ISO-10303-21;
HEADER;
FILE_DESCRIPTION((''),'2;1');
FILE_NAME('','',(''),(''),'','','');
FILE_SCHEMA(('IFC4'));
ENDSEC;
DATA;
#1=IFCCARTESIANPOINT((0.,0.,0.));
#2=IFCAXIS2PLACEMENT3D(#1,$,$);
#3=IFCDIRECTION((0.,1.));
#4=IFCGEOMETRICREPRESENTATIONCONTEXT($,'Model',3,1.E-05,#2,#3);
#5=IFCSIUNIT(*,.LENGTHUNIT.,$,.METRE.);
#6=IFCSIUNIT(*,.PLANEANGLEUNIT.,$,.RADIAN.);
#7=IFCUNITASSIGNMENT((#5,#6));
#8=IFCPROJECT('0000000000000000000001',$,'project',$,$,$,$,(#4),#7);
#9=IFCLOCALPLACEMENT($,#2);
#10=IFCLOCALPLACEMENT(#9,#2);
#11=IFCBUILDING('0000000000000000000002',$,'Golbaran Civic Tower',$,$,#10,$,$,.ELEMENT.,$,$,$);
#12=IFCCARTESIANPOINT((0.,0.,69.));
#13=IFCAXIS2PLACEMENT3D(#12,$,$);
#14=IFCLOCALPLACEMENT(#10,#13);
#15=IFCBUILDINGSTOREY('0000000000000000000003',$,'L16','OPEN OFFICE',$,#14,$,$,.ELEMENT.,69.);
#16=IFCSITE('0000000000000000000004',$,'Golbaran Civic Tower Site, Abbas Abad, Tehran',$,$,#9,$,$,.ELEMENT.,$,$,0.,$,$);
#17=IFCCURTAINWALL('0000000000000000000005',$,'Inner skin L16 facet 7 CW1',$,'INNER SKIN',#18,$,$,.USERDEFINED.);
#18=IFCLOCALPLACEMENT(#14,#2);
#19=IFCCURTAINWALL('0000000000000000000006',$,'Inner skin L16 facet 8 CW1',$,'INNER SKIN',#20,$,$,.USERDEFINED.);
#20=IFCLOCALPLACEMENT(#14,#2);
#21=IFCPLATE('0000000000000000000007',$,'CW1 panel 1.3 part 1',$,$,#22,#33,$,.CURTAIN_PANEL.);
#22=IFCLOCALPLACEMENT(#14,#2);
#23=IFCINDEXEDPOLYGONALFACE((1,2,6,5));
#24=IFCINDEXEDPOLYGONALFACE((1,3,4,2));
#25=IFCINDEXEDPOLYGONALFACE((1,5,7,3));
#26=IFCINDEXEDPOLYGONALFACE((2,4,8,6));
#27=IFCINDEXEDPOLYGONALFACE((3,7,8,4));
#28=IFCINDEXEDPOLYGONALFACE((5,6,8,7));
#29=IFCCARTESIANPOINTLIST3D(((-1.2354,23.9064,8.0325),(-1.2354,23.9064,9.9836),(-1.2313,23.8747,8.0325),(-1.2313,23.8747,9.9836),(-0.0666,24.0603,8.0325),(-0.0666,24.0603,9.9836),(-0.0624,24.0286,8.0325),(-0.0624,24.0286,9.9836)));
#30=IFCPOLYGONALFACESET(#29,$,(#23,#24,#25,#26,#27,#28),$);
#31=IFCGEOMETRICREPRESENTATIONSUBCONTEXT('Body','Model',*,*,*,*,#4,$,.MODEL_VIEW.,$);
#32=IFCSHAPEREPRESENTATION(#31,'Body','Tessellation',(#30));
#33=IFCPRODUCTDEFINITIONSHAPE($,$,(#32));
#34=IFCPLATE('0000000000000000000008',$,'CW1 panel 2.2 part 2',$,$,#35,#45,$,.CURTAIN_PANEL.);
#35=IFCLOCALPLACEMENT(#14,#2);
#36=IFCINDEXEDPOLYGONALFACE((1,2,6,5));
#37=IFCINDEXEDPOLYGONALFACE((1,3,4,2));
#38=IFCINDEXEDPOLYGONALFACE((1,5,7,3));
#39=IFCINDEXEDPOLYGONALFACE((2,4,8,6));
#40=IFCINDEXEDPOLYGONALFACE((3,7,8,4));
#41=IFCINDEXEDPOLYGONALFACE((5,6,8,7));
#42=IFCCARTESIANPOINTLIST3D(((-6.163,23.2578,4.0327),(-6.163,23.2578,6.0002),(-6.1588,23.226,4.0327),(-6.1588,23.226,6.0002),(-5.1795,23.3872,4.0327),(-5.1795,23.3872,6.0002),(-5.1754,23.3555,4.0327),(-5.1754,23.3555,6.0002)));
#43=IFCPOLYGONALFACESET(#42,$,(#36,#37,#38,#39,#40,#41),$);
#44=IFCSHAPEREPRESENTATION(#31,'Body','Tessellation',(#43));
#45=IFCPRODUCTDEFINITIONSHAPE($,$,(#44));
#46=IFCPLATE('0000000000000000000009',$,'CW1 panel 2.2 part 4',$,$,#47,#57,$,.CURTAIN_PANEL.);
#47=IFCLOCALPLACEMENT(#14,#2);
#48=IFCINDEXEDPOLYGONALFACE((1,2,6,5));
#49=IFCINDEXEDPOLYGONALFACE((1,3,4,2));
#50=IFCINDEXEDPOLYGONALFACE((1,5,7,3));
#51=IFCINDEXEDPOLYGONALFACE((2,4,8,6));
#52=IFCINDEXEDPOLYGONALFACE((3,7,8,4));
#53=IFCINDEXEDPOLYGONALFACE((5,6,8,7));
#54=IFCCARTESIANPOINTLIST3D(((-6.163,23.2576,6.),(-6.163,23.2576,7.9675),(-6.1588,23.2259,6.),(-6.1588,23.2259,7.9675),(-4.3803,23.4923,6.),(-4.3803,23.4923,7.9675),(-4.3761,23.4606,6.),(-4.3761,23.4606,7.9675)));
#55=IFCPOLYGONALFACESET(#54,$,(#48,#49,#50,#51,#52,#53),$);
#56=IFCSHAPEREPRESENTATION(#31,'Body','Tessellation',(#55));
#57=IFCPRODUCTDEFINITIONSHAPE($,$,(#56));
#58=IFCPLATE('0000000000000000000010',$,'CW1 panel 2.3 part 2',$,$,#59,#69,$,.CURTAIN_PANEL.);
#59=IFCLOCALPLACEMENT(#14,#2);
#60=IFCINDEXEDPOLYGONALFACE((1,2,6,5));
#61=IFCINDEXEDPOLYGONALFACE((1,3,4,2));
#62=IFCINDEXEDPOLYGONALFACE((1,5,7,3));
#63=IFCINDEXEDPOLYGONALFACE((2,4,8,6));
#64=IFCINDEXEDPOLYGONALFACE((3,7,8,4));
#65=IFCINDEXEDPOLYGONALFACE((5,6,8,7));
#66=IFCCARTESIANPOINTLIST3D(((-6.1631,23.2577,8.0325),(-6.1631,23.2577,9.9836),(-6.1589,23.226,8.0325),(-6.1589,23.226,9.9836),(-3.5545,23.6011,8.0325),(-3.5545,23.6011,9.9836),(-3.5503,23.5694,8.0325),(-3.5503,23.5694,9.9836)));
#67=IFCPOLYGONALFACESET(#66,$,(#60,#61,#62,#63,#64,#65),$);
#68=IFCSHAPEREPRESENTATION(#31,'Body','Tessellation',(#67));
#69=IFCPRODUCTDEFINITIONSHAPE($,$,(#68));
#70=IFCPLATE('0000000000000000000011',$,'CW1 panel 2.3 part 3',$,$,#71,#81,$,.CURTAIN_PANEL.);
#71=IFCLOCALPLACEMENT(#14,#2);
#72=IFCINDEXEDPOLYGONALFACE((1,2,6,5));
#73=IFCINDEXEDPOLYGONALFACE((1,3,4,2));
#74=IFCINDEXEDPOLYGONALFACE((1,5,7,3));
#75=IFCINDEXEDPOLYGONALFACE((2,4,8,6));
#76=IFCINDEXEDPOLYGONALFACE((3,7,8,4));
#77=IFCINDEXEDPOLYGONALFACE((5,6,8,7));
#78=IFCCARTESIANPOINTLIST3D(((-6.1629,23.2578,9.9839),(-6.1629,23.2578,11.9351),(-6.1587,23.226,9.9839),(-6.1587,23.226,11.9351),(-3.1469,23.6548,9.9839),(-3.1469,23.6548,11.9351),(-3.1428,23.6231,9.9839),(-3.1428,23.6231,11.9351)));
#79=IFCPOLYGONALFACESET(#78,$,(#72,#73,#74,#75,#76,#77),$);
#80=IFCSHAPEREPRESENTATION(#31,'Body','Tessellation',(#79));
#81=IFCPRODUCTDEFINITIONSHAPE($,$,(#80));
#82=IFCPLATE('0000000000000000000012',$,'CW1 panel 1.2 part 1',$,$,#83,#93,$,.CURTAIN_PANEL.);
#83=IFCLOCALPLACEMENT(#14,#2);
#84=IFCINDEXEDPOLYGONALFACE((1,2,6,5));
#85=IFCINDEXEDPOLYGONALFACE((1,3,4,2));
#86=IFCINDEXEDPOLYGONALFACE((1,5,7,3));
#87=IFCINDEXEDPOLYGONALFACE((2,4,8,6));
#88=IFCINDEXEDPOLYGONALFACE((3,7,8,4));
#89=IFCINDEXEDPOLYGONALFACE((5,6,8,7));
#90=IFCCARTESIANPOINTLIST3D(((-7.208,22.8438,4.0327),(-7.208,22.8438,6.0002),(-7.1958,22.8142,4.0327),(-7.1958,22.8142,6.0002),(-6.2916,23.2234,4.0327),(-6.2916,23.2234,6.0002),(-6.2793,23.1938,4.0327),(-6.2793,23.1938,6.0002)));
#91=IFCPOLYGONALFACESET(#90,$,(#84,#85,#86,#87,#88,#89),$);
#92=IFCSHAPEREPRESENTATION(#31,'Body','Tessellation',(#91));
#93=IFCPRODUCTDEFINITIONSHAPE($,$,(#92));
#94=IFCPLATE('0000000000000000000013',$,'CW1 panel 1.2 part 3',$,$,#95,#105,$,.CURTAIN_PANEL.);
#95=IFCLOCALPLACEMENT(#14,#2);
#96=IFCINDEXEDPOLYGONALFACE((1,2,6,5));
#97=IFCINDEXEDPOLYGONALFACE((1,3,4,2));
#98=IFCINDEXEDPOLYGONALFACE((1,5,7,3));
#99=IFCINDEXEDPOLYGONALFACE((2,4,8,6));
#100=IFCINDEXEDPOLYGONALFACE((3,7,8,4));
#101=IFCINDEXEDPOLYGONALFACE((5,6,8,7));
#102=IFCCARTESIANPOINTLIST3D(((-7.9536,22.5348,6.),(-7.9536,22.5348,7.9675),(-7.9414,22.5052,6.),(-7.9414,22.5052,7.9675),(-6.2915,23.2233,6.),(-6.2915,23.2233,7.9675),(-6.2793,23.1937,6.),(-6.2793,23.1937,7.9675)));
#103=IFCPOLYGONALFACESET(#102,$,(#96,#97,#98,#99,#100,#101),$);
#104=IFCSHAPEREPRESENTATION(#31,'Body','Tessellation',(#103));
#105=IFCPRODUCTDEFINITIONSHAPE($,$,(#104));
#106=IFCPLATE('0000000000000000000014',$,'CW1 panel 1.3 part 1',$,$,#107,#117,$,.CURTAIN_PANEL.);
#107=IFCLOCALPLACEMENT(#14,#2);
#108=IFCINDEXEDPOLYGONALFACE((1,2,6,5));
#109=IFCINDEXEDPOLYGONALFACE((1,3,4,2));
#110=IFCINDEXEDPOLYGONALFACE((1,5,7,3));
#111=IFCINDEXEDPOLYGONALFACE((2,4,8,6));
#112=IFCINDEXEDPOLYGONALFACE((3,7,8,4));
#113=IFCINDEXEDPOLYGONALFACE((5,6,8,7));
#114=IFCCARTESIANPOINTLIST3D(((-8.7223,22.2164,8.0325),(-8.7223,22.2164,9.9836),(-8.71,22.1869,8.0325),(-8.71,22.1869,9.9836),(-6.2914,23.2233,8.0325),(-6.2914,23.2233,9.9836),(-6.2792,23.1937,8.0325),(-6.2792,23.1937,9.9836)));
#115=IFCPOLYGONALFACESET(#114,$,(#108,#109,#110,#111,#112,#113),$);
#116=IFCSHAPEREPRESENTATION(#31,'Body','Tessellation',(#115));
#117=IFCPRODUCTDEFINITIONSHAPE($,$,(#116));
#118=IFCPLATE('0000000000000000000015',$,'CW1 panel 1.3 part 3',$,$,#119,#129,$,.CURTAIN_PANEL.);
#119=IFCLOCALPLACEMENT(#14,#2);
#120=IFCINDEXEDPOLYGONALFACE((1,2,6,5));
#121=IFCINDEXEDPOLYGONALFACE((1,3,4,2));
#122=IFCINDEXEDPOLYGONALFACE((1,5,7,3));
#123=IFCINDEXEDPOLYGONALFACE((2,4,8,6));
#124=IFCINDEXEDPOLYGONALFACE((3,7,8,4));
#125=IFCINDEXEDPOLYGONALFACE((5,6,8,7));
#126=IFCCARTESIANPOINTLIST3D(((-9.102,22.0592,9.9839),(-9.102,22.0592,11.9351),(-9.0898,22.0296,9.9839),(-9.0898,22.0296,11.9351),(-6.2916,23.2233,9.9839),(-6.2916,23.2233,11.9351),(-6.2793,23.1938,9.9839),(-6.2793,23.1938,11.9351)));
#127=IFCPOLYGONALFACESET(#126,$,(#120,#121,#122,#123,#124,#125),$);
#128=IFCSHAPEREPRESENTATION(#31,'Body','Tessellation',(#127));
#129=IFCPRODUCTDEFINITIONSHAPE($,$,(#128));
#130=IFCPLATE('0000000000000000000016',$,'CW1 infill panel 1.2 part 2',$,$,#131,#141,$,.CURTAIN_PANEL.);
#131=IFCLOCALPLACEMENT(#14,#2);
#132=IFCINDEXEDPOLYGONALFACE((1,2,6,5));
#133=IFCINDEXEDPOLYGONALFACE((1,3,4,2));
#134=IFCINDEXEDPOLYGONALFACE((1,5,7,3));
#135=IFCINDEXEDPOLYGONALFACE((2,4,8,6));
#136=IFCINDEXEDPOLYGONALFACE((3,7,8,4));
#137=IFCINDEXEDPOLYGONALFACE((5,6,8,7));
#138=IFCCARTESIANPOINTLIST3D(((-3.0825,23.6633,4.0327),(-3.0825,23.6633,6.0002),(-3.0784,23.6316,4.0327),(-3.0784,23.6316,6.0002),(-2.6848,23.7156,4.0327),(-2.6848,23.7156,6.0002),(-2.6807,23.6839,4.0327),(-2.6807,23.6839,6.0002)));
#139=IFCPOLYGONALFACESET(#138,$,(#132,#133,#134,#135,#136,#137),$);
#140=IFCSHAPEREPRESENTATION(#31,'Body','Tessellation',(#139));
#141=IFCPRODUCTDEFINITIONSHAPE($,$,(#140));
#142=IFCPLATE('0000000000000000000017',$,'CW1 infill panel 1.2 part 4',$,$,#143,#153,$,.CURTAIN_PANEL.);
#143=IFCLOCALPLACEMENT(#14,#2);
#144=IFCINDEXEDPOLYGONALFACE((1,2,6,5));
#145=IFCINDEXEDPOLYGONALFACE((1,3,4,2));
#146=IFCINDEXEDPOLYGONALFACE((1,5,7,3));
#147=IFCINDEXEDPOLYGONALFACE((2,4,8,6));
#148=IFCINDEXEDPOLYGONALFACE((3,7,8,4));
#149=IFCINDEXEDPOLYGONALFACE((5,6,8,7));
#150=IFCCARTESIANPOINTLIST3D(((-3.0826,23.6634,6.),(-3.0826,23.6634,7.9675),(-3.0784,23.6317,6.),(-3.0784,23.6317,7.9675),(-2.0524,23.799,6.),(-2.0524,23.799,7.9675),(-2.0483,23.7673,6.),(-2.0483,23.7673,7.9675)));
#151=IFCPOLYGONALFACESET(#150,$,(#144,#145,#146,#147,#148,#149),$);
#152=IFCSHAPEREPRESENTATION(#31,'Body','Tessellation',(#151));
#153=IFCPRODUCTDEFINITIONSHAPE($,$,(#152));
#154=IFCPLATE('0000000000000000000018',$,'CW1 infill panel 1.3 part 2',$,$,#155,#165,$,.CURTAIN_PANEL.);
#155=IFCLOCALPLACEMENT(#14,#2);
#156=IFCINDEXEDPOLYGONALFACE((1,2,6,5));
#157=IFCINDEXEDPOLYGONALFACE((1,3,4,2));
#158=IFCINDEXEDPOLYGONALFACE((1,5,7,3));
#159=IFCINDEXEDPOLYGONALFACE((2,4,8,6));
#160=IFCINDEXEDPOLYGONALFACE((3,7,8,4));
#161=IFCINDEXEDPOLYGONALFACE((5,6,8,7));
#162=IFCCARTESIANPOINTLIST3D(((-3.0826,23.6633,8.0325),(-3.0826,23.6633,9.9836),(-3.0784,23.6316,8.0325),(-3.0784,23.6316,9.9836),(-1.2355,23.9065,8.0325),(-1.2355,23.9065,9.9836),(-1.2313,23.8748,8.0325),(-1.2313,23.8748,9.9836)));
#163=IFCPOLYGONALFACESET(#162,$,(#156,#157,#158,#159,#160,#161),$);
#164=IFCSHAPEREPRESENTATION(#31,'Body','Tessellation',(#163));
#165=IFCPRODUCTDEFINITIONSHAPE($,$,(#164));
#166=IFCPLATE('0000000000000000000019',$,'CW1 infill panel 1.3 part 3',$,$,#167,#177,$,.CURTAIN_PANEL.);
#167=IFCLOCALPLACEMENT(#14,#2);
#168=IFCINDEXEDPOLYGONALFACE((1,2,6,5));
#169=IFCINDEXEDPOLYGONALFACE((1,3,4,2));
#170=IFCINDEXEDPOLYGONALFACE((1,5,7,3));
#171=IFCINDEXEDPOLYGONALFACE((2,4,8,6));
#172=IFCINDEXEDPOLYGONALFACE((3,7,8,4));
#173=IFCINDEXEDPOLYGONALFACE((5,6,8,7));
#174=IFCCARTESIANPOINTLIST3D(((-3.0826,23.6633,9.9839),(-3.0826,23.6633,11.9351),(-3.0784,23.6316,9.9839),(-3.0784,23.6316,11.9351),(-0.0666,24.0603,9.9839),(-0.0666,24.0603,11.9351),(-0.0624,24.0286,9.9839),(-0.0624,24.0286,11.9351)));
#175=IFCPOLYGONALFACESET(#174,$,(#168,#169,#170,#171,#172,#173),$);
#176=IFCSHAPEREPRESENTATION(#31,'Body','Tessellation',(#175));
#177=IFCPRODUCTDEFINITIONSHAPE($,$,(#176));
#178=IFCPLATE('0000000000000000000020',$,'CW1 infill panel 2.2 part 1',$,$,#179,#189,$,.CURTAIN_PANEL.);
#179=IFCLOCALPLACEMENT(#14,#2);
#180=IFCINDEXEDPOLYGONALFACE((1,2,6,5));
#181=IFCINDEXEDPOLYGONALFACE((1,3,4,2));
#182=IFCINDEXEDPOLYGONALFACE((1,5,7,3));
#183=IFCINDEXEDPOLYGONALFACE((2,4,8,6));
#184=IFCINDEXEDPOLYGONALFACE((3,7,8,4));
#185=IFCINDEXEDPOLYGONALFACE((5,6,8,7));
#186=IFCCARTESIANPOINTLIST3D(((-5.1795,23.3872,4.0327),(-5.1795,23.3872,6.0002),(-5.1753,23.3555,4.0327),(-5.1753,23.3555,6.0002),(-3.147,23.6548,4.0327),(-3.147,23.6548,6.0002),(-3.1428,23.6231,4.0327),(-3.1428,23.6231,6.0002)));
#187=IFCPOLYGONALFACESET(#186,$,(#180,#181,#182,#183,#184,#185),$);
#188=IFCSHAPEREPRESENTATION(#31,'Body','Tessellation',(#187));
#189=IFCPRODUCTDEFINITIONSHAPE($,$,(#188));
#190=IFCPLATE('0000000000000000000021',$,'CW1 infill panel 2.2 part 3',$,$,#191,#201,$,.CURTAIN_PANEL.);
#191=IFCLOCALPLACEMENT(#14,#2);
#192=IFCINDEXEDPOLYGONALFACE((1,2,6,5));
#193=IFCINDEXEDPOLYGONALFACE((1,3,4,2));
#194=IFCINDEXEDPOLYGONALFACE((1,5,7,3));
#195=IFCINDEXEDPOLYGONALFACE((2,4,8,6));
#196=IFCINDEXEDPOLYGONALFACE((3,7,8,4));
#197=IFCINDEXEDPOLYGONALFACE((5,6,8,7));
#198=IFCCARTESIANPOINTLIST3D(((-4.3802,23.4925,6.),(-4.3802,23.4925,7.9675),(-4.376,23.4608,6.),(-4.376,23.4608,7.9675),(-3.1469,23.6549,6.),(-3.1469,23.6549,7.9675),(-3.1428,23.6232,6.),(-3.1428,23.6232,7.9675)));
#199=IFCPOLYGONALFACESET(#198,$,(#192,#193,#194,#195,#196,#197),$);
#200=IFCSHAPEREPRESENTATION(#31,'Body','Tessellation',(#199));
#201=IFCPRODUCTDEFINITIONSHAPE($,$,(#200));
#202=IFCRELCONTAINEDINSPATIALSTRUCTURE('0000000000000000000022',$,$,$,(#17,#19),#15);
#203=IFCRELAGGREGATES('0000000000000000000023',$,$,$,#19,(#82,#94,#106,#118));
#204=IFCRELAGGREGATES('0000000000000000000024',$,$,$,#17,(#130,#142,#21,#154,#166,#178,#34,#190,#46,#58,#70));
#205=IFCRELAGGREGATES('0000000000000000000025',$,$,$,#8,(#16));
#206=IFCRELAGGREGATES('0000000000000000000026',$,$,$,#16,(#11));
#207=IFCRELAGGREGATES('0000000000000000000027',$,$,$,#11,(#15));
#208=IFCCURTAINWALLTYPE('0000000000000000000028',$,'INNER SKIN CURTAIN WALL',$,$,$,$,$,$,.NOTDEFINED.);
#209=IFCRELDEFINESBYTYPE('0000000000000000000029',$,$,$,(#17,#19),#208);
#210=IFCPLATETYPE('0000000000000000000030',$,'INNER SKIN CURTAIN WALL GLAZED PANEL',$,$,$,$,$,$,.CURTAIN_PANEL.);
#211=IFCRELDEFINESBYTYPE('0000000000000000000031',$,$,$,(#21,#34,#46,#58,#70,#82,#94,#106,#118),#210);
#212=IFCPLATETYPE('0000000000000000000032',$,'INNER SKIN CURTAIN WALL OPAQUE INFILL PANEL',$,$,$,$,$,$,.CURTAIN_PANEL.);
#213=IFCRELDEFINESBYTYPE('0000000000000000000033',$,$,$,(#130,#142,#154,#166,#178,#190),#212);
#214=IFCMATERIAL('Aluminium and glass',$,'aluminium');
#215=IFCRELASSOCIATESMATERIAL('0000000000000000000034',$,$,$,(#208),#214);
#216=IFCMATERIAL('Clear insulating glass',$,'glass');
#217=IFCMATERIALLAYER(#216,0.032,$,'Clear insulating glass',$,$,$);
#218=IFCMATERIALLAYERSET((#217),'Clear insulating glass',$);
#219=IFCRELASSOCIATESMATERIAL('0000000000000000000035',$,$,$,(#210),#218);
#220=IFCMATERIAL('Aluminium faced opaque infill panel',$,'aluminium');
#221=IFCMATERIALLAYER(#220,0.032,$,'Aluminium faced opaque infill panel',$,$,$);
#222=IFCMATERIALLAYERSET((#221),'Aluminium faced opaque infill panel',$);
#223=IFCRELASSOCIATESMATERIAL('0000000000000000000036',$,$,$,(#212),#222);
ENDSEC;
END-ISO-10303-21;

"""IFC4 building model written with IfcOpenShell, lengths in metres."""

from ifc_helpers import new_model, si_unit, direction, frame, origin, origin_2d, place, context, subcontext, project, spatial, rectangle, extrude, material, layer, layer_set, type_object, element, aggregate, save


model = new_model("IFC4")

# Units and contexts
model_context = context("Model", 3, precision=1e-05, world=origin(), true_north=direction((0.0, 1.0)))
body_context = subcontext(model_context, "Body", "Model", "MODEL_VIEW")
ifc_project = project(units=[si_unit("LENGTHUNIT", "METRE"), si_unit("PLANEANGLEUNIT", "RADIAN")], contexts=[model_context])

# Site, building, storey
site_placement = place(None, origin())
site = spatial("IfcSite", under=ifc_project, at=site_placement, Name="Golbaran Civic Tower Site, Abbas Abad, Tehran", CompositionType="ELEMENT", RefElevation=0.0)
building_placement = place(site_placement, origin())
building = spatial("IfcBuilding", under=site, at=building_placement, Name="Golbaran Civic Tower", CompositionType="ELEMENT")
storey_placement = place(building_placement, frame((0.0, 0.0, 69.0)))
storey = spatial("IfcBuildingStorey", under=building, at=storey_placement, Name="L16", Description="OPEN OFFICE", CompositionType="ELEMENT", Elevation=69.0)

# Curtain walls
ifc_material_1 = material(Name="Aluminium and glass", Category="aluminium")
curtain_wall_type_1 = type_object("IfcCurtainWallType", Name="INNER SKIN CURTAIN WALL", PredefinedType="NOTDEFINED", material=ifc_material_1)
curtain_wall_1_placement = place(storey_placement, origin())
curtain_wall_1 = element("IfcCurtainWall", 1, at=curtain_wall_1_placement, inside=storey, type_object=curtain_wall_type_1, Name="Inner skin L16 facet 7 CW1", ObjectType="INNER SKIN", PredefinedType="USERDEFINED")
curtain_wall_2_placement = place(storey_placement, origin())
curtain_wall_2 = element("IfcCurtainWall", 2, at=curtain_wall_2_placement, inside=storey, type_object=curtain_wall_type_1, Name="Inner skin L16 facet 8 CW1", ObjectType="INNER SKIN", PredefinedType="USERDEFINED")

# Plates
ifc_material_2 = material(Name="Clear insulating glass", Category="glass")
ifc_layer_1 = layer(ifc_material_2, 0.032, Name="Clear insulating glass")
ifc_layer_set_1 = layer_set([ifc_layer_1], Name="Clear insulating glass")
plate_type_1 = type_object("IfcPlateType", Name="INNER SKIN CURTAIN WALL GLAZED PANEL", PredefinedType="CURTAIN_PANEL", material=ifc_layer_set_1)
plate_1_placement = place(storey_placement, frame((-0.6489, 23.9675, 8.0325), z_axis=(0.0, 0.0, 1.0), x_axis=(-0.991445, -0.130526, 0.0)))
plate_1 = element("IfcPlate", 3, at=plate_1_placement, type_object=plate_type_1, Name="CW1 panel 1.3 part 1", PredefinedType="CURTAIN_PANEL", context=body_context, shape_type="SweptSolid", body=[
    extrude(rectangle(XDim=1.179, YDim=0.032, at=origin_2d()), origin(), (0.0, 0.0, 1.0), 1.9512),
])
plate_2_placement = place(storey_placement, frame((-5.6692, 23.3066, 4.0327), z_axis=(0.0, 0.0, 1.0), x_axis=(-0.991445, -0.130526, 0.0)))
plate_2 = element("IfcPlate", 4, at=plate_2_placement, type_object=plate_type_1, Name="CW1 panel 2.2 part 2", PredefinedType="CURTAIN_PANEL", context=body_context, shape_type="SweptSolid", body=[
    extrude(rectangle(XDim=0.9919, YDim=0.032, at=origin_2d()), origin(), (0.0, 0.0, 1.0), 1.9675),
])
plate_3_placement = place(storey_placement, frame((-5.2695, 23.3591, 6.0), z_axis=(0.0, 0.0, 1.0), x_axis=(-0.991445, -0.130526, 0.0)))
plate_3 = element("IfcPlate", 5, at=plate_3_placement, type_object=plate_type_1, Name="CW1 panel 2.2 part 4", PredefinedType="CURTAIN_PANEL", context=body_context, shape_type="SweptSolid", body=[
    extrude(rectangle(XDim=1.7981, YDim=0.032, at=origin_2d()), origin(), (0.0, 0.0, 1.0), 1.9675),
])
plate_4_placement = place(storey_placement, frame((-4.8567, 23.4136, 8.0325), z_axis=(0.0, 0.0, 1.0), x_axis=(-0.991445, -0.130526, 0.0)))
plate_4 = element("IfcPlate", 6, at=plate_4_placement, type_object=plate_type_1, Name="CW1 panel 2.3 part 2", PredefinedType="CURTAIN_PANEL", context=body_context, shape_type="SweptSolid", body=[
    extrude(rectangle(XDim=2.6311, YDim=0.032, at=origin_2d()), origin(), (0.0, 0.0, 1.0), 1.9512),
])
plate_5_placement = place(storey_placement, frame((-4.6528, 23.4404, 9.9839), z_axis=(0.0, 0.0, 1.0), x_axis=(-0.991445, -0.130526, 0.0)))
plate_5 = element("IfcPlate", 7, at=plate_5_placement, type_object=plate_type_1, Name="CW1 panel 2.3 part 3", PredefinedType="CURTAIN_PANEL", context=body_context, shape_type="SweptSolid", body=[
    extrude(rectangle(XDim=3.042, YDim=0.032, at=origin_2d()), origin(), (0.0, 0.0, 1.0), 1.9512),
])
plate_6_placement = place(storey_placement, frame((-6.7437, 23.0188, 4.0327), z_axis=(0.0, 0.0, 1.0), x_axis=(-0.92388, -0.382683, 0.0)))
plate_6 = element("IfcPlate", 8, at=plate_6_placement, type_object=plate_type_1, Name="CW1 panel 1.2 part 1", PredefinedType="CURTAIN_PANEL", context=body_context, shape_type="SweptSolid", body=[
    extrude(rectangle(XDim=0.9919, YDim=0.032, at=origin_2d()), origin(), (0.0, 0.0, 1.0), 1.9675),
])
plate_7_placement = place(storey_placement, frame((-7.1165, 22.8643, 6.0), z_axis=(0.0, 0.0, 1.0), x_axis=(-0.92388, -0.382683, 0.0)))
plate_7 = element("IfcPlate", 9, at=plate_7_placement, type_object=plate_type_1, Name="CW1 panel 1.2 part 3", PredefinedType="CURTAIN_PANEL", context=body_context, shape_type="SweptSolid", body=[
    extrude(rectangle(XDim=1.7991, YDim=0.032, at=origin_2d()), origin(), (0.0, 0.0, 1.0), 1.9675),
])
plate_8_placement = place(storey_placement, frame((-7.5007, 22.7051, 8.0325), z_axis=(0.0, 0.0, 1.0), x_axis=(-0.92388, -0.382683, 0.0)))
plate_8 = element("IfcPlate", 10, at=plate_8_placement, type_object=plate_type_1, Name="CW1 panel 1.3 part 1", PredefinedType="CURTAIN_PANEL", context=body_context, shape_type="SweptSolid", body=[
    extrude(rectangle(XDim=2.6311, YDim=0.032, at=origin_2d()), origin(), (0.0, 0.0, 1.0), 1.9512),
])
plate_9_placement = place(storey_placement, frame((-7.6907, 22.6265, 9.9839), z_axis=(0.0, 0.0, 1.0), x_axis=(-0.92388, -0.382683, 0.0)))
plate_9 = element("IfcPlate", 11, at=plate_9_placement, type_object=plate_type_1, Name="CW1 panel 1.3 part 3", PredefinedType="CURTAIN_PANEL", context=body_context, shape_type="SweptSolid", body=[
    extrude(rectangle(XDim=3.042, YDim=0.032, at=origin_2d()), origin(), (0.0, 0.0, 1.0), 1.9512),
])
aggregate(curtain_wall_2, [plate_6, plate_7, plate_8, plate_9])
ifc_material_3 = material(Name="Aluminium faced opaque infill panel", Category="aluminium")
ifc_layer_2 = layer(ifc_material_3, 0.032, Name="Aluminium faced opaque infill panel")
ifc_layer_set_2 = layer_set([ifc_layer_2], Name="Aluminium faced opaque infill panel")
plate_type_2 = type_object("IfcPlateType", Name="INNER SKIN CURTAIN WALL OPAQUE INFILL PANEL", PredefinedType="CURTAIN_PANEL", material=ifc_layer_set_2)
plate_10_placement = place(storey_placement, frame((-2.8816, 23.6736, 4.0327), z_axis=(0.0, 0.0, 1.0), x_axis=(-0.991445, -0.130526, 0.0)))
plate_10 = element("IfcPlate", 12, at=plate_10_placement, type_object=plate_type_2, Name="CW1 infill panel 1.2 part 2", PredefinedType="CURTAIN_PANEL", context=body_context, shape_type="SweptSolid", body=[
    extrude(rectangle(XDim=0.4011, YDim=0.032, at=origin_2d()), origin(), (0.0, 0.0, 1.0), 1.9675),
])
plate_11_placement = place(storey_placement, frame((-2.5654, 23.7153, 6.0), z_axis=(0.0, 0.0, 1.0), x_axis=(-0.991445, -0.130526, 0.0)))
plate_11 = element("IfcPlate", 13, at=plate_11_placement, type_object=plate_type_2, Name="CW1 infill panel 1.2 part 4", PredefinedType="CURTAIN_PANEL", context=body_context, shape_type="SweptSolid", body=[
    extrude(rectangle(XDim=1.0391, YDim=0.032, at=origin_2d()), origin(), (0.0, 0.0, 1.0), 1.9675),
])
plate_12_placement = place(storey_placement, frame((-2.157, 23.769, 8.0325), z_axis=(0.0, 0.0, 1.0), x_axis=(-0.991445, -0.130526, 0.0)))
plate_12 = element("IfcPlate", 14, at=plate_12_placement, type_object=plate_type_2, Name="CW1 infill panel 1.3 part 2", PredefinedType="CURTAIN_PANEL", context=body_context, shape_type="SweptSolid", body=[
    extrude(rectangle(XDim=1.863, YDim=0.032, at=origin_2d()), origin(), (0.0, 0.0, 1.0), 1.9512),
])
plate_13_placement = place(storey_placement, frame((-1.5725, 23.8459, 9.9839), z_axis=(0.0, 0.0, 1.0), x_axis=(-0.991445, -0.130526, 0.0)))
plate_13 = element("IfcPlate", 15, at=plate_13_placement, type_object=plate_type_2, Name="CW1 infill panel 1.3 part 3", PredefinedType="CURTAIN_PANEL", context=body_context, shape_type="SweptSolid", body=[
    extrude(rectangle(XDim=3.042, YDim=0.032, at=origin_2d()), origin(), (0.0, 0.0, 1.0), 1.9512),
])
plate_14_placement = place(storey_placement, frame((-4.1611, 23.5051, 4.0327), z_axis=(0.0, 0.0, 1.0), x_axis=(-0.991445, -0.130526, 0.0)))
plate_14 = element("IfcPlate", 16, at=plate_14_placement, type_object=plate_type_2, Name="CW1 infill panel 2.2 part 1", PredefinedType="CURTAIN_PANEL", context=body_context, shape_type="SweptSolid", body=[
    extrude(rectangle(XDim=2.05, YDim=0.032, at=origin_2d()), origin(), (0.0, 0.0, 1.0), 1.9675),
])
plate_15_placement = place(storey_placement, frame((-3.7615, 23.5579, 6.0), z_axis=(0.0, 0.0, 1.0), x_axis=(-0.991445, -0.130526, 0.0)))
plate_15 = element("IfcPlate", 17, at=plate_15_placement, type_object=plate_type_2, Name="CW1 infill panel 2.2 part 3", PredefinedType="CURTAIN_PANEL", context=body_context, shape_type="SweptSolid", body=[
    extrude(rectangle(XDim=1.2439, YDim=0.032, at=origin_2d()), origin(), (0.0, 0.0, 1.0), 1.9675),
])
aggregate(curtain_wall_1, [plate_10, plate_11, plate_1, plate_12, plate_13, plate_14, plate_2, plate_15, plate_3, plate_4, plate_5])

save(model, "model.ifc")
